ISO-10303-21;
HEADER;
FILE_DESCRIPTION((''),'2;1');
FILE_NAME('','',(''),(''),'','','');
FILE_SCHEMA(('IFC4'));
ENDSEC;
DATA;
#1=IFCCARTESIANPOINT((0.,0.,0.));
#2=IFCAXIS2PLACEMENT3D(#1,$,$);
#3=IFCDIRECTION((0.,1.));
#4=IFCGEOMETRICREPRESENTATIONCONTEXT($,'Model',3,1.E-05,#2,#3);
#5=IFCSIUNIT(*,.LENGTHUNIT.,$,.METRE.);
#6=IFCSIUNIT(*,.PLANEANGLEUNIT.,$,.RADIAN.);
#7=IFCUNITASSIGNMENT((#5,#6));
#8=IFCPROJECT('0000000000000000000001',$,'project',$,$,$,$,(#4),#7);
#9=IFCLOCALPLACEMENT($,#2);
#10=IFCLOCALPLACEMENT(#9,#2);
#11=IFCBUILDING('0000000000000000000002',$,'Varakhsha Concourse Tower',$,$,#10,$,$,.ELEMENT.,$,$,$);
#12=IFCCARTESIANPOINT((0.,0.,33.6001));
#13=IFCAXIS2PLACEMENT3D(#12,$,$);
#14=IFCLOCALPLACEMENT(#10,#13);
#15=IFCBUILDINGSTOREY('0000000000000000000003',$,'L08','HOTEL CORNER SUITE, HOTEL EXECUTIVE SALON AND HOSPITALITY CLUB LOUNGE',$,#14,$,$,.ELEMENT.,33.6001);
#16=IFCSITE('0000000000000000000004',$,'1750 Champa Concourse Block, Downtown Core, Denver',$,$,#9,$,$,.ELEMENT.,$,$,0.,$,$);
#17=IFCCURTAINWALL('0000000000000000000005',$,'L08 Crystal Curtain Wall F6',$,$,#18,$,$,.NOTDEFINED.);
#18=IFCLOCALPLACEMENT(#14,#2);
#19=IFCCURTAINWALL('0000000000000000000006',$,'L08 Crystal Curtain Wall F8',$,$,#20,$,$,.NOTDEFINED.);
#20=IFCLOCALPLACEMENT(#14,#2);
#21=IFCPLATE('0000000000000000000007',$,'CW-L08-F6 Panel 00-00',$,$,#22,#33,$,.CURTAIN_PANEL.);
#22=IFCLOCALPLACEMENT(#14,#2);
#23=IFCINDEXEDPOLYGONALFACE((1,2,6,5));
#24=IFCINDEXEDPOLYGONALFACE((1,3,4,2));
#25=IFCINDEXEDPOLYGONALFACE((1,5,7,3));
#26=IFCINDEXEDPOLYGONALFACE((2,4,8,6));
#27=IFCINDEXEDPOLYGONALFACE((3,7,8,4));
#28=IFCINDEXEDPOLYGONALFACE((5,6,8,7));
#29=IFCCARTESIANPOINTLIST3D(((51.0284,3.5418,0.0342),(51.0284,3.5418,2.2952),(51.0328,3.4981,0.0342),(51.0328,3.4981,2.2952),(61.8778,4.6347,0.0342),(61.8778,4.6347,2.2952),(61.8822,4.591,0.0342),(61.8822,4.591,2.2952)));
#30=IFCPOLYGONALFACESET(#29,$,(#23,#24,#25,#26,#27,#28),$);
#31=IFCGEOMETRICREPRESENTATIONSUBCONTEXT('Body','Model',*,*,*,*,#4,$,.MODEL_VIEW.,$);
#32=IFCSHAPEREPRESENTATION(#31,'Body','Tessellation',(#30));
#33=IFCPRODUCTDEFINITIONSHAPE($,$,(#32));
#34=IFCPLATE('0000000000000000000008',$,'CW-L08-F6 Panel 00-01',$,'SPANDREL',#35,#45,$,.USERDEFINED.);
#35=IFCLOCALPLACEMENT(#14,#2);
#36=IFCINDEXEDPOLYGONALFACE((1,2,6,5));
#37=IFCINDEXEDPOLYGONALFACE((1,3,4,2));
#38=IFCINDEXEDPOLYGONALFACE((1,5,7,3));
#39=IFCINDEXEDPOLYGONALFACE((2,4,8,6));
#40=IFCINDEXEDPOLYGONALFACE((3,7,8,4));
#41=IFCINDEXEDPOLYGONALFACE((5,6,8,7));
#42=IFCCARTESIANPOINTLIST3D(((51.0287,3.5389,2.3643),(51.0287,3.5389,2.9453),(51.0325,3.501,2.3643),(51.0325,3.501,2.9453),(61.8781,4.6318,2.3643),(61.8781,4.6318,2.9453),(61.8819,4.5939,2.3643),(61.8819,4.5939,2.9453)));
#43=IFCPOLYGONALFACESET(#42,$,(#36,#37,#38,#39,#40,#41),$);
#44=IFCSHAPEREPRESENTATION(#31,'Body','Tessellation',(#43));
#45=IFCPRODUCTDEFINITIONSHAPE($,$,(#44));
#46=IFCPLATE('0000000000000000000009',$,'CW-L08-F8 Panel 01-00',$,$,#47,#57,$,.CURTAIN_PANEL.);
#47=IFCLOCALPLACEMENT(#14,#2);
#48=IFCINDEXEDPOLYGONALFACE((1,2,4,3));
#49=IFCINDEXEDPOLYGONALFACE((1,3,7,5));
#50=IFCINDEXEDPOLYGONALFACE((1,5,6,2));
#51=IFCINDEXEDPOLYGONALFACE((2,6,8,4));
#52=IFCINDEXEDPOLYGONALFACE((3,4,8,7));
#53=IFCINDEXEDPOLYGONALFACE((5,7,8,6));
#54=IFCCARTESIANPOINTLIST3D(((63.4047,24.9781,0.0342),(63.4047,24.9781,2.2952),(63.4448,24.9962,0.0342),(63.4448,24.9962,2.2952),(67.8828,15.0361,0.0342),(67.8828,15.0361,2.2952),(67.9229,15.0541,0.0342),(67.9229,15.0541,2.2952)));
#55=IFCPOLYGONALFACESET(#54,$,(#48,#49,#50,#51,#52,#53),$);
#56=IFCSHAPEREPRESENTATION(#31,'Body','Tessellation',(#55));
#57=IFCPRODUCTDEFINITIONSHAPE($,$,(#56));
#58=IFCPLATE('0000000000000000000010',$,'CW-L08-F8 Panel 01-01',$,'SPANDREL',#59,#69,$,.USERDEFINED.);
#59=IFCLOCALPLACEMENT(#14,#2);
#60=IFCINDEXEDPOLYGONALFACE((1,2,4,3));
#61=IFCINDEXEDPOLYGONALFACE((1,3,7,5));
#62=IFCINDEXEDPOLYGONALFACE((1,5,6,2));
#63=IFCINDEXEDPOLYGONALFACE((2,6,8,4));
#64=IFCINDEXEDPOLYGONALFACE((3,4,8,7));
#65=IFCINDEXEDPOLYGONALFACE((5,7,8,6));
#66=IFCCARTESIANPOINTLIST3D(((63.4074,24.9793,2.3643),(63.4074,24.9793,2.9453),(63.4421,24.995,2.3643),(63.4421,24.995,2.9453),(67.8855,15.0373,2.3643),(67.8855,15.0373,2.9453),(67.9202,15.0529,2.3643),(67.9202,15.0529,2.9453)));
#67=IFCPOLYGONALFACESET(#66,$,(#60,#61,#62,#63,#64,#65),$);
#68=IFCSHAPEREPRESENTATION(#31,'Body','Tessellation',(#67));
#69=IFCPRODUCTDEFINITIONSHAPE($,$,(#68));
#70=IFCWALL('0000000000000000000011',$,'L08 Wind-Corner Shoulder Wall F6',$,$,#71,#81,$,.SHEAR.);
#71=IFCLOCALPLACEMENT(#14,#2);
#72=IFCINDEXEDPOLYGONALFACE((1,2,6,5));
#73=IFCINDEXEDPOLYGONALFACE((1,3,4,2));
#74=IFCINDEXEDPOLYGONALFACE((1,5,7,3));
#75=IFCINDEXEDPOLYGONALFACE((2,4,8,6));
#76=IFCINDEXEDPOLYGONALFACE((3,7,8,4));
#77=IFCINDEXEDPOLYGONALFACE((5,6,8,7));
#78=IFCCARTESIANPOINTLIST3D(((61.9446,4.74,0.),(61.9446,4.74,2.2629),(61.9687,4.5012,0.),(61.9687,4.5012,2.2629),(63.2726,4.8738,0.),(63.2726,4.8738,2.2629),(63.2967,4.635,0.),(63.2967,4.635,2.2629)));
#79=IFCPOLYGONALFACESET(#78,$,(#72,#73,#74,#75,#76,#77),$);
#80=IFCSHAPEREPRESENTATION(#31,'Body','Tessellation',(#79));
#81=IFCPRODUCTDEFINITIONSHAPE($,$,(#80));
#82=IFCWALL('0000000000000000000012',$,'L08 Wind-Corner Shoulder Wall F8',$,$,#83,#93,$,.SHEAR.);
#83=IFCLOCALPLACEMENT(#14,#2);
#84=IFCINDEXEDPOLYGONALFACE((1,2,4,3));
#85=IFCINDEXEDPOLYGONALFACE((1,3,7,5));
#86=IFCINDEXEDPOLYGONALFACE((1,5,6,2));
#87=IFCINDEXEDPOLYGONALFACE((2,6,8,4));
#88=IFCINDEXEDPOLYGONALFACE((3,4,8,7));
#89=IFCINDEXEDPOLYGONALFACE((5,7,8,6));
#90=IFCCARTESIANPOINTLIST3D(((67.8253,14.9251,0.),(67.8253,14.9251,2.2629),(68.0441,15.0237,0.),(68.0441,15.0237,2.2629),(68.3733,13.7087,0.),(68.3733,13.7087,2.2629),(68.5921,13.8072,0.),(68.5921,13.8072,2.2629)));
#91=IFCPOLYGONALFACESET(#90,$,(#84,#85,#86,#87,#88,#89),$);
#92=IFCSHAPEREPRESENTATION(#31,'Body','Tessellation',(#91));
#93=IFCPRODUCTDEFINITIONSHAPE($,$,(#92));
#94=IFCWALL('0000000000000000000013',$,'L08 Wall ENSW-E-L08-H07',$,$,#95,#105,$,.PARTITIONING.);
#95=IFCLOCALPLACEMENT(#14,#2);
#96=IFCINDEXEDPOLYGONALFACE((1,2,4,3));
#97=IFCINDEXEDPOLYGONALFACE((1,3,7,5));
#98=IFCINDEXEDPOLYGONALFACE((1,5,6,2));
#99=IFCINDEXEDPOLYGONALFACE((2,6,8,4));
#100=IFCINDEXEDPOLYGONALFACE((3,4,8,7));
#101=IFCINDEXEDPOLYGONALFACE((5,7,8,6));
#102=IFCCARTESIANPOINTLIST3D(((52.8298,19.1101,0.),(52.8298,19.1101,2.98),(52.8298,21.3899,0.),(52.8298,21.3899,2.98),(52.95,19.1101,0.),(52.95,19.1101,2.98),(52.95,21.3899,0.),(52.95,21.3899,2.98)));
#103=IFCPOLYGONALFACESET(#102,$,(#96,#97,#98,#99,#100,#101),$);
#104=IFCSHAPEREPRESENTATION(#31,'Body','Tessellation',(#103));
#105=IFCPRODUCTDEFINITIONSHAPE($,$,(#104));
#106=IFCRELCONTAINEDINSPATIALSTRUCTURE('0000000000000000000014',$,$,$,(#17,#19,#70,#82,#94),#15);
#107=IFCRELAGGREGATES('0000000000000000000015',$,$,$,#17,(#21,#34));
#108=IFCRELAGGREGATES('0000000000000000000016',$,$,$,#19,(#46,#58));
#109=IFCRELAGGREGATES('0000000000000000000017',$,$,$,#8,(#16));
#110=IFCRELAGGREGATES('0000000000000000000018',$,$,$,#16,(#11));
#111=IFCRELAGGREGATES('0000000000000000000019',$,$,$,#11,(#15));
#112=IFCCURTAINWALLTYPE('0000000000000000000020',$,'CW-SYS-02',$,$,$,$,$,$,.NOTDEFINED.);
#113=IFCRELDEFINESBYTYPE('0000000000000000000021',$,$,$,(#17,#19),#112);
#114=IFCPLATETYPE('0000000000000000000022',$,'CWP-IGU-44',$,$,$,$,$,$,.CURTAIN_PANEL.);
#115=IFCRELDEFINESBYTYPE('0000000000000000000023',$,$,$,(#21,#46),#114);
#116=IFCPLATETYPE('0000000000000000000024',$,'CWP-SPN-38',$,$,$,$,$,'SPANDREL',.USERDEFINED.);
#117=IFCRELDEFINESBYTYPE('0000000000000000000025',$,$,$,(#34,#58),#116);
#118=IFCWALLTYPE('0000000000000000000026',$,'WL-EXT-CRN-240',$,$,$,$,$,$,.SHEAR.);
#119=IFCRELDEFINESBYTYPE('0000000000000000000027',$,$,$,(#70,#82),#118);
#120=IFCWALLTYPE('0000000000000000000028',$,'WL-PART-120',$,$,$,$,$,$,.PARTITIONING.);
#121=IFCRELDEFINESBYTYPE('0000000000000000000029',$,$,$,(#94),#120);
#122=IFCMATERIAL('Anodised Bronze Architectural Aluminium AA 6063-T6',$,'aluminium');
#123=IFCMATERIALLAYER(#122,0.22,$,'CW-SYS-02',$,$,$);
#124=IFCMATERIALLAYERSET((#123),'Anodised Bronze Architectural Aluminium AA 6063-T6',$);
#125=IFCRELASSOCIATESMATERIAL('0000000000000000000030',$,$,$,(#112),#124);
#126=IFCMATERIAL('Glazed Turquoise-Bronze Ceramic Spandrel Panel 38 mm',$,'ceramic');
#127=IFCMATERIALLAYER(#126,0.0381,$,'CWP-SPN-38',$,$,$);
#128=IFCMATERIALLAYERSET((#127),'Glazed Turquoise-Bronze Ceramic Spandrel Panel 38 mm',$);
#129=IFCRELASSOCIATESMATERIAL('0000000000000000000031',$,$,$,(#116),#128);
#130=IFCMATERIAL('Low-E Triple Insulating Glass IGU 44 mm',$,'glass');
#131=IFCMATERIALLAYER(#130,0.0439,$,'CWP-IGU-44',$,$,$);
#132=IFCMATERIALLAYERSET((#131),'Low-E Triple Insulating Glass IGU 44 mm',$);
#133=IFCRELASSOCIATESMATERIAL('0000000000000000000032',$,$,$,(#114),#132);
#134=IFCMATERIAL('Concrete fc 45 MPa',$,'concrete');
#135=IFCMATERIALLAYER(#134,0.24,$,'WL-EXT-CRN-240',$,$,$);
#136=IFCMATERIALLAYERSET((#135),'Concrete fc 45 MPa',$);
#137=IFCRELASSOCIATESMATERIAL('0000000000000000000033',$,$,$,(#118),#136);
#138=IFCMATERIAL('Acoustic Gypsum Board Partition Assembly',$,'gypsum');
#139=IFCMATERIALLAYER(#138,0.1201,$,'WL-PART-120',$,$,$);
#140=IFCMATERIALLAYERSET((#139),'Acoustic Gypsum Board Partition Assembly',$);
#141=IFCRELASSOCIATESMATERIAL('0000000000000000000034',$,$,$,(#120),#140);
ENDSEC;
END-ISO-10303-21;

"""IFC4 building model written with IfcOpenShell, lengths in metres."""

from ifc_helpers import new_model, si_unit, direction, frame, frame_2d, origin, origin_2d, place, context, subcontext, project, spatial, rectangle, extrude, source, transform, mapped, material, layer, layer_set, type_object, type_shapes, element, aggregate, save


model = new_model("IFC4")

# Units and contexts
model_context = context("Model", 3, precision=1e-05, world=origin(), true_north=direction((0.0, 1.0)))
body_context = subcontext(model_context, "Body", "Model", "MODEL_VIEW")
ifc_project = project(units=[si_unit("LENGTHUNIT", "METRE"), si_unit("PLANEANGLEUNIT", "RADIAN")], contexts=[model_context])

# Site, building, storey
site_placement = place(None, origin())
site = spatial("IfcSite", under=ifc_project, at=site_placement, Name="1750 Champa Concourse Block, Downtown Core, Denver", CompositionType="ELEMENT", RefElevation=0.0)
building_placement = place(site_placement, origin())
building = spatial("IfcBuilding", under=site, at=building_placement, Name="Varakhsha Concourse Tower", CompositionType="ELEMENT")
storey_placement = place(building_placement, frame((0.0, 0.0, 33.6001)))
storey = spatial("IfcBuildingStorey", under=building, at=storey_placement, Name="L08", Description="HOTEL CORNER SUITE, HOTEL EXECUTIVE SALON AND HOSPITALITY CLUB LOUNGE", CompositionType="ELEMENT", Elevation=33.6001)

# Curtain wall
ifc_material_1 = material(Name="Anodised Bronze Architectural Aluminium AA 6063-T6", Category="aluminium")
ifc_layer_1 = layer(ifc_material_1, 0.22, Name="CW-SYS-02")
ifc_layer_set_1 = layer_set([ifc_layer_1], Name="Anodised Bronze Architectural Aluminium AA 6063-T6")
curtain_wall_type = type_object("IfcCurtainWallType", Name="CW-SYS-02", PredefinedType="NOTDEFINED", material=ifc_layer_set_1)
curtain_wall_1_placement = place(storey_placement, origin())
curtain_wall_1 = element("IfcCurtainWall", 1, at=curtain_wall_1_placement, inside=storey, type_object=curtain_wall_type, Name="L08 Crystal Curtain Wall F6", PredefinedType="NOTDEFINED")

# Curtain wall
curtain_wall_2_placement = place(storey_placement, origin())
curtain_wall_2 = element("IfcCurtainWall", 2, at=curtain_wall_2_placement, inside=storey, type_object=curtain_wall_type, Name="L08 Crystal Curtain Wall F8", PredefinedType="NOTDEFINED")

# Plates
ifc_material_2 = material(Name="Glazed Turquoise-Bronze Ceramic Spandrel Panel 38 mm", Category="ceramic")
ifc_layer_2 = layer(ifc_material_2, 0.0381, Name="CWP-SPN-38")
ifc_layer_set_2 = layer_set([ifc_layer_2], Name="Glazed Turquoise-Bronze Ceramic Spandrel Panel 38 mm")
plate_type_1 = type_object("IfcPlateType", Name="CWP-SPN-38", ElementType="SPANDREL", PredefinedType="USERDEFINED", material=ifc_layer_set_2)
ifc_material_3 = material(Name="Low-E Triple Insulating Glass IGU 44 mm", Category="glass")
ifc_layer_3 = layer(ifc_material_3, 0.0439, Name="CWP-IGU-44")
ifc_layer_set_3 = layer_set([ifc_layer_3], Name="Low-E Triple Insulating Glass IGU 44 mm")
plate_type_2 = type_object("IfcPlateType", Name="CWP-IGU-44", PredefinedType="CURTAIN_PANEL", material=ifc_layer_set_3)
shared_shape_1 = source(origin(), body_context, "Body", "SweptSolid", [
    extrude(rectangle(XDim=10.9043, YDim=0.0439, at=origin_2d()), origin(), (0.0, 0.0, 1.0), 2.261),
])
plate_1_placement = place(storey_placement, frame((56.4553, 4.0664, 0.0342), z_axis=(0.0, 0.0, 1.0), x_axis=(-0.994965, -0.100226, 0.0)))
plate_1 = element("IfcPlate", 3, at=plate_1_placement, type_object=plate_type_2, Name="CW-L08-F6 Panel 00-00", PredefinedType="CURTAIN_PANEL", context=body_context, shape_type="MappedRepresentation", body=[
    mapped(shared_shape_1, transform((0.0, 0.0, 0.0), scale=1.0)),
])
shared_shape_2 = source(origin(), body_context, "Body", "SweptSolid", [
    extrude(rectangle(XDim=10.9043, YDim=0.0381, at=origin_2d()), origin(), (0.0, 0.0, 1.0), 0.5811),
])
plate_2_placement = place(storey_placement, frame((56.4553, 4.0664, 2.3643), z_axis=(0.0, 0.0, 1.0), x_axis=(-0.994965, -0.100226, 0.0)))
plate_2 = element("IfcPlate", 4, at=plate_2_placement, type_object=plate_type_1, Name="CW-L08-F6 Panel 00-01", ObjectType="SPANDREL", PredefinedType="USERDEFINED", context=body_context, shape_type="MappedRepresentation", body=[
    mapped(shared_shape_2, transform((0.0, 0.0, 0.0), scale=1.0)),
])
aggregate(curtain_wall_1, [plate_1, plate_2])
shared_shape_3 = source(origin(), body_context, "Body", "SweptSolid", [
    extrude(rectangle(XDim=10.9041, YDim=0.0439, at=origin_2d()), origin(), (0.0, 0.0, 1.0), 2.261),
])
type_shapes(plate_type_2, [shared_shape_1, shared_shape_3])
plate_3_placement = place(storey_placement, frame((65.6638, 20.0161, 0.0342), z_axis=(0.0, 0.0, 1.0), x_axis=(0.410684, -0.911778, 0.0)))
plate_3 = element("IfcPlate", 5, at=plate_3_placement, type_object=plate_type_2, Name="CW-L08-F8 Panel 01-00", PredefinedType="CURTAIN_PANEL", context=body_context, shape_type="MappedRepresentation", body=[
    mapped(shared_shape_3, transform((0.0, 0.0, 0.0), scale=1.0)),
])
shared_shape_4 = source(origin(), body_context, "Body", "SweptSolid", [
    extrude(rectangle(XDim=10.9041, YDim=0.0381, at=origin_2d()), origin(), (0.0, 0.0, 1.0), 0.5811),
])
plate_4_placement = place(storey_placement, frame((65.6638, 20.0161, 2.3643), z_axis=(0.0, 0.0, 1.0), x_axis=(0.410684, -0.911778, 0.0)))
plate_4 = element("IfcPlate", 6, at=plate_4_placement, type_object=plate_type_1, Name="CW-L08-F8 Panel 01-01", ObjectType="SPANDREL", PredefinedType="USERDEFINED", context=body_context, shape_type="MappedRepresentation", body=[
    mapped(shared_shape_4, transform((0.0, 0.0, 0.0), scale=1.0)),
])
aggregate(curtain_wall_2, [plate_3, plate_4])

# Walls
ifc_material_4 = material(Name="Concrete fc 45 MPa", Category="concrete")
ifc_layer_4 = layer(ifc_material_4, 0.24, Name="WL-EXT-CRN-240")
ifc_layer_set_4 = layer_set([ifc_layer_4], Name="Concrete fc 45 MPa")
wall_type_1 = type_object("IfcWallType", Name="WL-EXT-CRN-240", PredefinedType="SHEAR", material=ifc_layer_set_4)
wall_1_placement = place(storey_placement, frame((61.9565, 4.6206, 0.0), z_axis=(0.0, 0.0, 1.0), x_axis=(0.994963, 0.100246, 0.0)))
element("IfcWall", 7, at=wall_1_placement, inside=storey, type_object=wall_type_1, Name="L08 Wind-Corner Shoulder Wall F6", PredefinedType="SHEAR", context=body_context, shape_type="SweptSolid", body=[
    extrude(rectangle(XDim=1.3347, YDim=0.24, at=frame_2d((0.6675, 0.0))), origin(), (0.0, 0.0, 1.0), 2.2629),
])
wall_2_placement = place(storey_placement, frame((68.4827, 13.7581, 0.0), z_axis=(0.0, 0.0, 1.0), x_axis=(-0.410768, 0.91174, 0.0)))
element("IfcWall", 8, at=wall_2_placement, inside=storey, type_object=wall_type_1, Name="L08 Wind-Corner Shoulder Wall F8", PredefinedType="SHEAR", context=body_context, shape_type="SweptSolid", body=[
    extrude(rectangle(XDim=1.3342, YDim=0.24, at=frame_2d((0.667, 0.0))), origin(), (0.0, 0.0, 1.0), 2.2629),
])
ifc_material_5 = material(Name="Acoustic Gypsum Board Partition Assembly", Category="gypsum")
ifc_layer_5 = layer(ifc_material_5, 0.1201, Name="WL-PART-120")
ifc_layer_set_5 = layer_set([ifc_layer_5], Name="Acoustic Gypsum Board Partition Assembly")
wall_type_2 = type_object("IfcWallType", Name="WL-PART-120", PredefinedType="PARTITIONING", material=ifc_layer_set_5)
wall_3_placement = place(storey_placement, frame((52.8899, 19.1101, 0.0), z_axis=(0.0, 0.0, 1.0), x_axis=(0.0, 1.0, 0.0)))
element("IfcWall", 9, at=wall_3_placement, inside=storey, type_object=wall_type_2, Name="L08 Wall ENSW-E-L08-H07", PredefinedType="PARTITIONING", context=body_context, shape_type="SweptSolid", body=[
    extrude(rectangle(XDim=2.2798, YDim=0.1201, at=frame_2d((1.1399, 0.0))), origin(), (0.0, 0.0, 1.0), 2.98),
])

save(model, "model.ifc")
